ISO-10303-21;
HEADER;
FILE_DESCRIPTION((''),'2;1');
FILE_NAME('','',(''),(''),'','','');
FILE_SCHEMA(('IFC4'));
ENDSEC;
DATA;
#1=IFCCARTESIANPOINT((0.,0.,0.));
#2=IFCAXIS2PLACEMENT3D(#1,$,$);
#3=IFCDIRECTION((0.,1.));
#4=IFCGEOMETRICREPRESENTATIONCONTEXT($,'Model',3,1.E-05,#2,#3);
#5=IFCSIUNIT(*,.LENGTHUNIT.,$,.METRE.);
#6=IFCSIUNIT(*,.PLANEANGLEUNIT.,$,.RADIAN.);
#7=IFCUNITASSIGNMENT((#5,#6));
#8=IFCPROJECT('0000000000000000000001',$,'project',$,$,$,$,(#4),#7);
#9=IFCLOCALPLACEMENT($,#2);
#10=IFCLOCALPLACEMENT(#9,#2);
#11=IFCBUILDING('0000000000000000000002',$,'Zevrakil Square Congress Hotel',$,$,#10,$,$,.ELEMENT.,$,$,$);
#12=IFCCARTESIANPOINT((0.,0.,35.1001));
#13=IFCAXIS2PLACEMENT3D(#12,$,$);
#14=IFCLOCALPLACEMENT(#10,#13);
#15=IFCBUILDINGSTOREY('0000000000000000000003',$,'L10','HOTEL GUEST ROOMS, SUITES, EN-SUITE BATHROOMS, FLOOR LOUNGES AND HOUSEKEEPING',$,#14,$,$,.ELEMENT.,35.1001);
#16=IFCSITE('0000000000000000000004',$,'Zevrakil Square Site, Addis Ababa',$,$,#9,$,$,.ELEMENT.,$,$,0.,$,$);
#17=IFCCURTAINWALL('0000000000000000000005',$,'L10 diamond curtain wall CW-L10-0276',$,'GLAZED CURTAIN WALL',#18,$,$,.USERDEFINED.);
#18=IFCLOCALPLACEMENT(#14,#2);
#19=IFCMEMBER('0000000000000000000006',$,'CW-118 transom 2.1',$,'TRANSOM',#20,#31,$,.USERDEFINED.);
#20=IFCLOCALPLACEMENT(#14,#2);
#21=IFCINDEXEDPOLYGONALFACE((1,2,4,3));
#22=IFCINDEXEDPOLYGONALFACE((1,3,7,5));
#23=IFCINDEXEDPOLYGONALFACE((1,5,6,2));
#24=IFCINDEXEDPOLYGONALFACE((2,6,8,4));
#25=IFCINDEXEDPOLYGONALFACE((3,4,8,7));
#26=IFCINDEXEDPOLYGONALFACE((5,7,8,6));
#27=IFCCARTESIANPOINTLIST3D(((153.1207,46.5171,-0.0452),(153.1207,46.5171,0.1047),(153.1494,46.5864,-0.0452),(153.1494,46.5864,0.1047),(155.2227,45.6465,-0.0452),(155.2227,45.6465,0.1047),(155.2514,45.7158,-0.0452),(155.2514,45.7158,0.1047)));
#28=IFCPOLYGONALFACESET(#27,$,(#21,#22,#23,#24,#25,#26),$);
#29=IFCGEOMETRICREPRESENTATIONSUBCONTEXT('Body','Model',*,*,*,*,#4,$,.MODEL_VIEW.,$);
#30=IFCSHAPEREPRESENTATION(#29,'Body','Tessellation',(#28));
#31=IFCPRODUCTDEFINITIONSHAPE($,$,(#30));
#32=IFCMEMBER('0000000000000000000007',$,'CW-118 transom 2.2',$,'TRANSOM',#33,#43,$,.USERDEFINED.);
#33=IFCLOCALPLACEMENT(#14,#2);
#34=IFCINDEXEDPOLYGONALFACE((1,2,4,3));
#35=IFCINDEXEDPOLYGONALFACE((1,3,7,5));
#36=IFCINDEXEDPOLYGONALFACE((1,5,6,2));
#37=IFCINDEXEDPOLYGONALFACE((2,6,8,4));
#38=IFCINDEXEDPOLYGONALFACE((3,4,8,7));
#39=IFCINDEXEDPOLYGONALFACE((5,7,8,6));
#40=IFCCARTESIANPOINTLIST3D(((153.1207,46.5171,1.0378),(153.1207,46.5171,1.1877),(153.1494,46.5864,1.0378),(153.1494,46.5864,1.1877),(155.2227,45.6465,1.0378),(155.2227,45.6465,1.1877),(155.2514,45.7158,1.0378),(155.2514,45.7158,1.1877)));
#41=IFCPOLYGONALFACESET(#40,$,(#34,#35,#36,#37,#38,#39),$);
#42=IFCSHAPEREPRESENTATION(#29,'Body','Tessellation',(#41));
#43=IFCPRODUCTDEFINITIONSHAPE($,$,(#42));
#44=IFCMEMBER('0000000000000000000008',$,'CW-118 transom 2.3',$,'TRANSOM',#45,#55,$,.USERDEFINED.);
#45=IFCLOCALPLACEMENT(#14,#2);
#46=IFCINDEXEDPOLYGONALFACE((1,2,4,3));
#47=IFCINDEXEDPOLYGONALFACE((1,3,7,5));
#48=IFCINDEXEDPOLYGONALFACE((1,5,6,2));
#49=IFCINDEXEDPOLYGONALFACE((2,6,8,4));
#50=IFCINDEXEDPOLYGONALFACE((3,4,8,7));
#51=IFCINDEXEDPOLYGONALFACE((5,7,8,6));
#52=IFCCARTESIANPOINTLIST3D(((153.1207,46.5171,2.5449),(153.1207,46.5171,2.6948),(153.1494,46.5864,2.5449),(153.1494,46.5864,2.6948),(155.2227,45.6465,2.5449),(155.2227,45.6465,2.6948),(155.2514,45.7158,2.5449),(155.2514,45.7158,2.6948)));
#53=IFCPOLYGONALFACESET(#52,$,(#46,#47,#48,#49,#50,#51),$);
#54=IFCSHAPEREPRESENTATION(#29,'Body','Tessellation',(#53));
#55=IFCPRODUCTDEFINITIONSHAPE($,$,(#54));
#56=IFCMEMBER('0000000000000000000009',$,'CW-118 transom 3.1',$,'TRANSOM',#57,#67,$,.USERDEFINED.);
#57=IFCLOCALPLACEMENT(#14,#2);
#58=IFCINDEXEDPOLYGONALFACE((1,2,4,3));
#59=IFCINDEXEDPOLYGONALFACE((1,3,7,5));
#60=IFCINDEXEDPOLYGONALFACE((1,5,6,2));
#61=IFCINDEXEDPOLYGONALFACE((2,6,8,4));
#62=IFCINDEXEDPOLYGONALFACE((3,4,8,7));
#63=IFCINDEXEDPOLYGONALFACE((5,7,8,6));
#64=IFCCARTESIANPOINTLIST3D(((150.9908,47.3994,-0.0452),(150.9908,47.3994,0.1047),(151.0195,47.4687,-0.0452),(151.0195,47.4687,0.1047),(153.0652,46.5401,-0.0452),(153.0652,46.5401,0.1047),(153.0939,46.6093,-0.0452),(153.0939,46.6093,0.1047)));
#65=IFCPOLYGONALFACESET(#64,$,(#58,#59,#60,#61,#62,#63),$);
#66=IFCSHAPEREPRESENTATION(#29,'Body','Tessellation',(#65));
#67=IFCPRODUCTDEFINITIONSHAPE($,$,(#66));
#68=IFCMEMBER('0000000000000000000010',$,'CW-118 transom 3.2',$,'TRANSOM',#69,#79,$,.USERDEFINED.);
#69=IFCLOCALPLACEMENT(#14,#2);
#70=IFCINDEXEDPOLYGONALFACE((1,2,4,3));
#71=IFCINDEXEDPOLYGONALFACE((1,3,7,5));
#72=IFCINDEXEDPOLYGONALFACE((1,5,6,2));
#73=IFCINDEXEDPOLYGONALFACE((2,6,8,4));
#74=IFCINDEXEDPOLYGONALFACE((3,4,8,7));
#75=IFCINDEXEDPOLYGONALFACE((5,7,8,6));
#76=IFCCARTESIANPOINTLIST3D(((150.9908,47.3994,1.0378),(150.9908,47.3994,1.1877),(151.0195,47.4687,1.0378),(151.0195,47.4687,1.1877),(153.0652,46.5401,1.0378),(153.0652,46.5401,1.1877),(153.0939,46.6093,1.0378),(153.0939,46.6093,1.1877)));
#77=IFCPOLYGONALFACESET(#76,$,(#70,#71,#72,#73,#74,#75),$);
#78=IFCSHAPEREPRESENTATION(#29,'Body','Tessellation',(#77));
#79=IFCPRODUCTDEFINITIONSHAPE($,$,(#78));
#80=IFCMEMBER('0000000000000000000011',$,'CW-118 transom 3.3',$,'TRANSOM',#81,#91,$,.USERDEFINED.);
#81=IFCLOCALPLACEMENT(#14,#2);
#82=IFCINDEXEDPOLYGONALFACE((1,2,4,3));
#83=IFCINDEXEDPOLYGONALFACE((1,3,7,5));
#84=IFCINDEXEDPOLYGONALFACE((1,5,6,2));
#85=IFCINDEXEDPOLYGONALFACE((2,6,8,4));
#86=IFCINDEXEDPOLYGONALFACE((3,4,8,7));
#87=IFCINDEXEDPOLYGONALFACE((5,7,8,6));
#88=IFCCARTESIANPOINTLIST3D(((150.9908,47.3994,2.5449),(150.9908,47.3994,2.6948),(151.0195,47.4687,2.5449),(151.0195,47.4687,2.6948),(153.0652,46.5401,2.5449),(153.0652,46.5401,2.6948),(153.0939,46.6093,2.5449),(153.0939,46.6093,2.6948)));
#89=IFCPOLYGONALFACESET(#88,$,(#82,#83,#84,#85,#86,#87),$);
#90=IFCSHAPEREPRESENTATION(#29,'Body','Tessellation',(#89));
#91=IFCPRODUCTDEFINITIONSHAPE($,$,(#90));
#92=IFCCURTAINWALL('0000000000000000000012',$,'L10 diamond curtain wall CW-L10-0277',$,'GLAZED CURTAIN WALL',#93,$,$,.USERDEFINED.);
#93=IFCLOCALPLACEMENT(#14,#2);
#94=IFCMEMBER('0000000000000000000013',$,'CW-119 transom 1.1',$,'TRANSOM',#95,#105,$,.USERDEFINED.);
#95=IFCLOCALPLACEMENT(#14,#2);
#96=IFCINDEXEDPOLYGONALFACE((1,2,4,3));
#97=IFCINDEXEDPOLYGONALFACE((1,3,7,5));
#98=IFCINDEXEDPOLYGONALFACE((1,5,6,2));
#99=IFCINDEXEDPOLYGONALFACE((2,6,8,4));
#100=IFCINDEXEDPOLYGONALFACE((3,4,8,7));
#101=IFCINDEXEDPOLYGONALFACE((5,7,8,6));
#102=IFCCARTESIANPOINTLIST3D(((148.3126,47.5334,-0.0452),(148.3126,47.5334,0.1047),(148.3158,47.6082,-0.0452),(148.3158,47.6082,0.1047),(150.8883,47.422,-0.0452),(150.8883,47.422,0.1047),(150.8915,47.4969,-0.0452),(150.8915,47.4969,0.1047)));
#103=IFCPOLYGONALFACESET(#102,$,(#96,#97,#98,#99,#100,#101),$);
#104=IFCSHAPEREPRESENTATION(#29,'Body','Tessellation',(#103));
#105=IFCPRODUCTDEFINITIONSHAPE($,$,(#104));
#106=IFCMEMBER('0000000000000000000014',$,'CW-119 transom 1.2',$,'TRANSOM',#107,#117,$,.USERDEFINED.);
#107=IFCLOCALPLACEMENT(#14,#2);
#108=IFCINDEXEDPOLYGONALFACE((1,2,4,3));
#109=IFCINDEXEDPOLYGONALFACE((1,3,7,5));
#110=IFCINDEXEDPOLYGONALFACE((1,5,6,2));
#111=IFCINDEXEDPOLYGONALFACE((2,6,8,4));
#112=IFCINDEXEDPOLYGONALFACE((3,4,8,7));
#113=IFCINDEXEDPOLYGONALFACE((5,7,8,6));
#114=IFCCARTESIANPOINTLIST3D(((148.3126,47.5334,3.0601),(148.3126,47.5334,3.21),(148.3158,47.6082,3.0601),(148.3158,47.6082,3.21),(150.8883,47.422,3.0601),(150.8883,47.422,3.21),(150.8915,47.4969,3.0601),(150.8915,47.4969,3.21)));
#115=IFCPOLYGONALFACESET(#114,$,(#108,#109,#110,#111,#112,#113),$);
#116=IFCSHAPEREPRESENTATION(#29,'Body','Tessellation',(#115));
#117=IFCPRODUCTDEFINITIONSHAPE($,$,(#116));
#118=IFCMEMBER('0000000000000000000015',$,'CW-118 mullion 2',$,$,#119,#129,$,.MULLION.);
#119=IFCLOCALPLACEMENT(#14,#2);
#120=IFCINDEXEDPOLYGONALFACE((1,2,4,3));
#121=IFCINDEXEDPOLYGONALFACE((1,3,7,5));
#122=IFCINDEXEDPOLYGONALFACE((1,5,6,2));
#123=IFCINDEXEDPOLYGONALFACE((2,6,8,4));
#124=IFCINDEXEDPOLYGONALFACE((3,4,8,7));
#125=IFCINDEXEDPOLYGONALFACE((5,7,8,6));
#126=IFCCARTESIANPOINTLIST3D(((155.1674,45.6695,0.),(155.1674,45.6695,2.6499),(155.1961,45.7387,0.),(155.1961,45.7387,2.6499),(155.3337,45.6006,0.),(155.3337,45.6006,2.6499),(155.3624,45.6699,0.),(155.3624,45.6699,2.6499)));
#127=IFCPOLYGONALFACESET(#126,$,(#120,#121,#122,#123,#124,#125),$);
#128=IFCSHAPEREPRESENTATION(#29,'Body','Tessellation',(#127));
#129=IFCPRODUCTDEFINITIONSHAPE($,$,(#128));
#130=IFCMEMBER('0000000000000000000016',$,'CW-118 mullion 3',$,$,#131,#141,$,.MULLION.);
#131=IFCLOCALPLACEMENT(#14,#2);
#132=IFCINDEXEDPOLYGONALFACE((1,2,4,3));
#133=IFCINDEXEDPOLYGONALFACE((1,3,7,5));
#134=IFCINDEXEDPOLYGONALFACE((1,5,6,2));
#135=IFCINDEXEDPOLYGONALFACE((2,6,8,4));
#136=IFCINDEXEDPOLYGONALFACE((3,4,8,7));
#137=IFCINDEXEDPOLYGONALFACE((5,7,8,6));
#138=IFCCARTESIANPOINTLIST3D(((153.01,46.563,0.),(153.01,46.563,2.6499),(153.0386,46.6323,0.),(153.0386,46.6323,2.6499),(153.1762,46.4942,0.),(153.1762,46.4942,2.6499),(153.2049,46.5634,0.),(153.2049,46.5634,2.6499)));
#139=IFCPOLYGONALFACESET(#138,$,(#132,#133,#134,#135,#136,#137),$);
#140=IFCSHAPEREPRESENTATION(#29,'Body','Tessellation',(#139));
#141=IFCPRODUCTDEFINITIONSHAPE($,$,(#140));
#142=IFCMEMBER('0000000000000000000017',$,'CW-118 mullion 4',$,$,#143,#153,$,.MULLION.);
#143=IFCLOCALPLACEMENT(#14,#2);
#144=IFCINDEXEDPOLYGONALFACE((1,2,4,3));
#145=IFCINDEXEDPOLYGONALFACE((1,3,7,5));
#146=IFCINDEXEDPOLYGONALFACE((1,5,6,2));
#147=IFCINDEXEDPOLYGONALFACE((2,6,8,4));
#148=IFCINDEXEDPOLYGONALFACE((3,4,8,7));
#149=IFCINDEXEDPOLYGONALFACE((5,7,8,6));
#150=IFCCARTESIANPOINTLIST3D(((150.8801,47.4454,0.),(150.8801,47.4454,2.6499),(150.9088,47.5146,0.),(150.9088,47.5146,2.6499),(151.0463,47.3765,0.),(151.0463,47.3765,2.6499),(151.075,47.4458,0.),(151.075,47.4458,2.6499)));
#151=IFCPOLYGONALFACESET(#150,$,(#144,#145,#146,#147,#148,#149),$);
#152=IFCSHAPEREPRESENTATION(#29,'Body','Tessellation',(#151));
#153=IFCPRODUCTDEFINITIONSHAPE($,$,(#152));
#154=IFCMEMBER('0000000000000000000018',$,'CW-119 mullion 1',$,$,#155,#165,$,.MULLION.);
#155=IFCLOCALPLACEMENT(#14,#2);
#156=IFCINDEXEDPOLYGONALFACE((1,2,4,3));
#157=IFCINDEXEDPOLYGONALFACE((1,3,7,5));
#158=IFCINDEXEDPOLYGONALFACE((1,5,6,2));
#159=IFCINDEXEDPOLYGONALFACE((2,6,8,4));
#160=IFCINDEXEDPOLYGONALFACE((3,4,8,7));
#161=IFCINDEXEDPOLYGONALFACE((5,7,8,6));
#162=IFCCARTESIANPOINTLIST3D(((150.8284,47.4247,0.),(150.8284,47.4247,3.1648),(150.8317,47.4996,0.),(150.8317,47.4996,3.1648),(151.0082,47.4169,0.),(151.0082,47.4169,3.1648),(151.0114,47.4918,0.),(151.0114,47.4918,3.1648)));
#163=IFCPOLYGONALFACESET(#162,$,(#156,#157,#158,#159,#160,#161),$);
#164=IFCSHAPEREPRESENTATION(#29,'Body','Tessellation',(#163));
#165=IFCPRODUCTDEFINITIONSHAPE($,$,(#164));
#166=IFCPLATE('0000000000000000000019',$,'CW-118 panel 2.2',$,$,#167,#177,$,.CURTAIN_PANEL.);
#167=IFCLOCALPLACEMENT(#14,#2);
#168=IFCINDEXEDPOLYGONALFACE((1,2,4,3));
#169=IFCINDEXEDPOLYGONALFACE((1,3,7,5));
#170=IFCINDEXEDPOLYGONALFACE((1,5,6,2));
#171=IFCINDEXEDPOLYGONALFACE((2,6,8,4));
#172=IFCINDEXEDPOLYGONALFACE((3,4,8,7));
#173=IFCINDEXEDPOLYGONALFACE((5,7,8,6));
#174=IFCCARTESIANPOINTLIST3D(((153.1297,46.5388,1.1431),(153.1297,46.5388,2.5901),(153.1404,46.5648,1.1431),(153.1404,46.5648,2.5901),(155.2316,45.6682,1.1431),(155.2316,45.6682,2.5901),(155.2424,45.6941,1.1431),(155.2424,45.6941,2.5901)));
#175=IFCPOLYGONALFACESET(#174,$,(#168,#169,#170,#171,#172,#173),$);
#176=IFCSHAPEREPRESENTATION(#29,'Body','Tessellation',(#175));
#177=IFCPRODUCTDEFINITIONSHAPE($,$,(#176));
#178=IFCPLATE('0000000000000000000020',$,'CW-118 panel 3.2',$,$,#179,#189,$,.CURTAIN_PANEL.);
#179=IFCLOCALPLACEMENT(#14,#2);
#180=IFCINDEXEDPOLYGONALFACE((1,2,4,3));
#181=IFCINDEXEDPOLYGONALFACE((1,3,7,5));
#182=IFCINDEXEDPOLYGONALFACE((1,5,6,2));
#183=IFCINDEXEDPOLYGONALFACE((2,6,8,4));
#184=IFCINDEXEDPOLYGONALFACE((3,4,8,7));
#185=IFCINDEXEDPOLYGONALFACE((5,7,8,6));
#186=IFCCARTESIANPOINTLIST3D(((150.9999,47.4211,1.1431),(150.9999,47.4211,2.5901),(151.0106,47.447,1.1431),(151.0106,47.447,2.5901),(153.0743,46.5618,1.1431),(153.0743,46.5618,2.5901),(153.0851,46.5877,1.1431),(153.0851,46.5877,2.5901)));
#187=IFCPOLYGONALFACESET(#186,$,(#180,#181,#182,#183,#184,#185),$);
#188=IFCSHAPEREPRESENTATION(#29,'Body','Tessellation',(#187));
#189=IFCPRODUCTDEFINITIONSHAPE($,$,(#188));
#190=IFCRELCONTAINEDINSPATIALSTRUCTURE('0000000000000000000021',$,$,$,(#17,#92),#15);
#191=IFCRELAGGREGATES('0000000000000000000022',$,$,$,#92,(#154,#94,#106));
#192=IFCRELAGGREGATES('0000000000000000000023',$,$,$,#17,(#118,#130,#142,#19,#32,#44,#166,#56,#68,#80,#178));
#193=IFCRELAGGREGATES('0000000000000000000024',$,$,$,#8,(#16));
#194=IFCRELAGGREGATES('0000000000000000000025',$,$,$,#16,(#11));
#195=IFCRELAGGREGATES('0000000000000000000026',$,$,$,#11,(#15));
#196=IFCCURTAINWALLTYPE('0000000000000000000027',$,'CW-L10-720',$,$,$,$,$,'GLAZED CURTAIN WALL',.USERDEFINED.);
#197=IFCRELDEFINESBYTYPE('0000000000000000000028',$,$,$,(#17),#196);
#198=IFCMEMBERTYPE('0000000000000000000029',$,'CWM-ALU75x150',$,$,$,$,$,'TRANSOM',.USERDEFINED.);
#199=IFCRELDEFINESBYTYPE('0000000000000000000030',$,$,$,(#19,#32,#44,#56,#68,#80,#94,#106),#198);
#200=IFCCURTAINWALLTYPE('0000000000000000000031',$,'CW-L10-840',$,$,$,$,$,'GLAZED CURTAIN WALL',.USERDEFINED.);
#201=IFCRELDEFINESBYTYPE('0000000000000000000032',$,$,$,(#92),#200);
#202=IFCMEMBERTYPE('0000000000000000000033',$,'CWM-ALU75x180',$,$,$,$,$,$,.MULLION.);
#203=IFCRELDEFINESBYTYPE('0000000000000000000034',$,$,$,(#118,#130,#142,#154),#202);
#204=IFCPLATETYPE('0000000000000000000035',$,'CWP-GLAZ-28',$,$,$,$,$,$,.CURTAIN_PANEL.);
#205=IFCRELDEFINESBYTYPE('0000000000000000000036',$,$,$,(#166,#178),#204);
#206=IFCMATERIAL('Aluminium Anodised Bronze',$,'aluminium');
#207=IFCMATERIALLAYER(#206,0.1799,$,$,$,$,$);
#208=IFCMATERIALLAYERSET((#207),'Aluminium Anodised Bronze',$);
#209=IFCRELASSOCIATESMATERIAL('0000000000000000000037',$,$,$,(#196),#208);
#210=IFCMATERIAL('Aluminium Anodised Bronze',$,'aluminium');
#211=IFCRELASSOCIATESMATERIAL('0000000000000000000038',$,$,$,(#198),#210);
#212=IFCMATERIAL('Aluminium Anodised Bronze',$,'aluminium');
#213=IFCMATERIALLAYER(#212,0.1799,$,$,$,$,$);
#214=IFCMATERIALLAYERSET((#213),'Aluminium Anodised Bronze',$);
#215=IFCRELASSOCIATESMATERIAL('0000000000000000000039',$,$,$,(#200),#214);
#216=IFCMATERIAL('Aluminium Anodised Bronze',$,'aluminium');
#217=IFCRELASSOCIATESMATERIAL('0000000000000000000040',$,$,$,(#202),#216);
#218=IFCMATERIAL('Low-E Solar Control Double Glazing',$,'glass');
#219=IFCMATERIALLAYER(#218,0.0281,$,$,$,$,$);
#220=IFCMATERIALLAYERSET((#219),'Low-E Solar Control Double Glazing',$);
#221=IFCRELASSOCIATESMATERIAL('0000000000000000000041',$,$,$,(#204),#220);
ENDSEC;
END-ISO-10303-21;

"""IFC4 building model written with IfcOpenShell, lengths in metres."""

from ifc_helpers import new_model, si_unit, direction, frame, origin, origin_2d, place, context, subcontext, project, spatial, rectangle, extrude, material, layer, layer_set, material_profile, profile_set, type_object, element, aggregate, save


model = new_model("IFC4")

# Units and contexts
model_context = context("Model", 3, precision=1e-05, world=origin(), true_north=direction((0.0, 1.0)))
body_context = subcontext(model_context, "Body", "Model", "MODEL_VIEW")
ifc_project = project(units=[si_unit("LENGTHUNIT", "METRE"), si_unit("PLANEANGLEUNIT", "RADIAN")], contexts=[model_context])

# Site, building, storey
site_placement = place(None, origin())
site = spatial("IfcSite", under=ifc_project, at=site_placement, Name="Zevrakil Square Site, Addis Ababa", CompositionType="ELEMENT", RefElevation=0.0)
building_placement = place(site_placement, origin())
building = spatial("IfcBuilding", under=site, at=building_placement, Name="Zevrakil Square Congress Hotel", CompositionType="ELEMENT")
storey_placement = place(building_placement, frame((0.0, 0.0, 35.1001)))
storey = spatial("IfcBuildingStorey", under=building, at=storey_placement, Name="L10", Description="HOTEL GUEST ROOMS, SUITES, EN-SUITE BATHROOMS, FLOOR LOUNGES AND HOUSEKEEPING", CompositionType="ELEMENT", Elevation=35.1001)

# Curtain walls, members
ifc_material_1 = material(Name="Aluminium Anodised Bronze", Category="aluminium")
ifc_layer_1 = layer(ifc_material_1, 0.1799)
ifc_layer_set_1 = layer_set([ifc_layer_1], Name="Aluminium Anodised Bronze")
curtain_wall_type_1 = type_object("IfcCurtainWallType", Name="CW-L10-720", ElementType="GLAZED CURTAIN WALL", PredefinedType="USERDEFINED", material=ifc_layer_set_1)
curtain_wall_1_placement = place(storey_placement, origin())
curtain_wall_1 = element("IfcCurtainWall", 1, at=curtain_wall_1_placement, inside=storey, type_object=curtain_wall_type_1, Name="L10 diamond curtain wall CW-L10-0276", ObjectType="GLAZED CURTAIN WALL", PredefinedType="USERDEFINED")
ifc_material_2 = material(Name="Aluminium Anodised Bronze", Category="aluminium")
ifc_material_profile_1 = material_profile(ifc_material_2, rectangle(XDim=0.075, YDim=0.1499, at=origin_2d()), Name="ALU 75x150")
ifc_profile_set_1 = profile_set([ifc_material_profile_1], Name="Aluminium Anodised Bronze")
member_type_1 = type_object("IfcMemberType", Name="CWM-ALU75x150", ElementType="TRANSOM", PredefinedType="USERDEFINED", material=ifc_profile_set_1)
member_1_placement = place(storey_placement, frame((155.2371, 45.6812, 0.0298), z_axis=(-0.923894, 0.382649, 0.0), x_axis=(-0.382649, -0.923894, 0.0)))
member_1 = element("IfcMember", 2, at=member_1_placement, type_object=member_type_1, Name="CW-118 transom 2.1", ObjectType="TRANSOM", PredefinedType="USERDEFINED", context=body_context, shape_type="SweptSolid", body=[
    extrude(rectangle(XDim=0.075, YDim=0.1499, at=origin_2d()), origin(), (0.0, 0.0, 1.0), 2.2751),
])
member_2_placement = place(storey_placement, frame((155.2371, 45.6812, 1.1128), z_axis=(-0.923894, 0.382649, 0.0), x_axis=(-0.382649, -0.923894, 0.0)))
member_2 = element("IfcMember", 3, at=member_2_placement, type_object=member_type_1, Name="CW-118 transom 2.2", ObjectType="TRANSOM", PredefinedType="USERDEFINED", context=body_context, shape_type="SweptSolid", body=[
    extrude(rectangle(XDim=0.075, YDim=0.1499, at=origin_2d()), origin(), (0.0, 0.0, 1.0), 2.2751),
])
member_3_placement = place(storey_placement, frame((155.2371, 45.6812, 2.6199), z_axis=(-0.923894, 0.382649, 0.0), x_axis=(-0.382649, -0.923894, 0.0)))
member_3 = element("IfcMember", 4, at=member_3_placement, type_object=member_type_1, Name="CW-118 transom 2.3", ObjectType="TRANSOM", PredefinedType="USERDEFINED", context=body_context, shape_type="SweptSolid", body=[
    extrude(rectangle(XDim=0.075, YDim=0.1499, at=origin_2d()), origin(), (0.0, 0.0, 1.0), 2.2751),
])
member_4_placement = place(storey_placement, frame((153.0796, 46.5747, 0.0298), z_axis=(-0.923863, 0.382723, 0.0), x_axis=(-0.382723, -0.923863, 0.0)))
member_4 = element("IfcMember", 5, at=member_4_placement, type_object=member_type_1, Name="CW-118 transom 3.1", ObjectType="TRANSOM", PredefinedType="USERDEFINED", context=body_context, shape_type="SweptSolid", body=[
    extrude(rectangle(XDim=0.075, YDim=0.1499, at=origin_2d()), origin(), (0.0, 0.0, 1.0), 2.2454),
])
member_5_placement = place(storey_placement, frame((153.0796, 46.5747, 1.1128), z_axis=(-0.923863, 0.382723, 0.0), x_axis=(-0.382723, -0.923863, 0.0)))
member_5 = element("IfcMember", 6, at=member_5_placement, type_object=member_type_1, Name="CW-118 transom 3.2", ObjectType="TRANSOM", PredefinedType="USERDEFINED", context=body_context, shape_type="SweptSolid", body=[
    extrude(rectangle(XDim=0.075, YDim=0.1499, at=origin_2d()), origin(), (0.0, 0.0, 1.0), 2.2454),
])
member_6_placement = place(storey_placement, frame((153.0796, 46.5747, 2.6199), z_axis=(-0.923863, 0.382723, 0.0), x_axis=(-0.382723, -0.923863, 0.0)))
member_6 = element("IfcMember", 7, at=member_6_placement, type_object=member_type_1, Name="CW-118 transom 3.3", ObjectType="TRANSOM", PredefinedType="USERDEFINED", context=body_context, shape_type="SweptSolid", body=[
    extrude(rectangle(XDim=0.075, YDim=0.1499, at=origin_2d()), origin(), (0.0, 0.0, 1.0), 2.2454),
])
ifc_material_3 = material(Name="Aluminium Anodised Bronze", Category="aluminium")
ifc_layer_2 = layer(ifc_material_3, 0.1799)
ifc_layer_set_2 = layer_set([ifc_layer_2], Name="Aluminium Anodised Bronze")
curtain_wall_type_2 = type_object("IfcCurtainWallType", Name="CW-L10-840", ElementType="GLAZED CURTAIN WALL", PredefinedType="USERDEFINED", material=ifc_layer_set_2)
curtain_wall_2_placement = place(storey_placement, origin())
curtain_wall_2 = element("IfcCurtainWall", 8, at=curtain_wall_2_placement, inside=storey, type_object=curtain_wall_type_2, Name="L10 diamond curtain wall CW-L10-0277", ObjectType="GLAZED CURTAIN WALL", PredefinedType="USERDEFINED")
member_7_placement = place(storey_placement, frame((150.8899, 47.4595, 0.0298), z_axis=(-0.999067, 0.043182, 0.0), x_axis=(-0.043182, -0.999067, 0.0)))
member_7 = element("IfcMember", 9, at=member_7_placement, type_object=member_type_1, Name="CW-119 transom 1.1", ObjectType="TRANSOM", PredefinedType="USERDEFINED", context=body_context, shape_type="SweptSolid", body=[
    extrude(rectangle(XDim=0.075, YDim=0.1499, at=origin_2d()), origin(), (0.0, 0.0, 1.0), 2.5781),
])
member_8_placement = place(storey_placement, frame((150.8899, 47.4595, 3.135), z_axis=(-0.999067, 0.043182, 0.0), x_axis=(-0.043182, -0.999067, 0.0)))
member_8 = element("IfcMember", 10, at=member_8_placement, type_object=member_type_1, Name="CW-119 transom 1.2", ObjectType="TRANSOM", PredefinedType="USERDEFINED", context=body_context, shape_type="SweptSolid", body=[
    extrude(rectangle(XDim=0.075, YDim=0.1499, at=origin_2d()), origin(), (0.0, 0.0, 1.0), 2.5781),
])

# Members
ifc_material_4 = material(Name="Aluminium Anodised Bronze", Category="aluminium")
ifc_material_profile_2 = material_profile(ifc_material_4, rectangle(XDim=0.075, YDim=0.1799, at=origin_2d()), Name="ALU 75x180")
ifc_profile_set_2 = profile_set([ifc_material_profile_2], Name="Aluminium Anodised Bronze")
member_type_2 = type_object("IfcMemberType", Name="CWM-ALU75x180", PredefinedType="MULLION", material=ifc_profile_set_2)
member_9_placement = place(storey_placement, frame((155.2649, 45.6697, 0.0), z_axis=(0.0, 0.0, 1.0), x_axis=(-0.382684, -0.923879, 0.0)))
member_9 = element("IfcMember", 11, at=member_9_placement, type_object=member_type_2, Name="CW-118 mullion 2", PredefinedType="MULLION", context=body_context, shape_type="SweptSolid", body=[
    extrude(rectangle(XDim=0.075, YDim=0.1799, at=origin_2d()), origin(), (0.0, 0.0, 1.0), 2.6499),
])
member_10_placement = place(storey_placement, frame((153.1074, 46.5632, 0.0), z_axis=(0.0, 0.0, 1.0), x_axis=(-0.382684, -0.923879, 0.0)))
member_10 = element("IfcMember", 12, at=member_10_placement, type_object=member_type_2, Name="CW-118 mullion 3", PredefinedType="MULLION", context=body_context, shape_type="SweptSolid", body=[
    extrude(rectangle(XDim=0.075, YDim=0.1799, at=origin_2d()), origin(), (0.0, 0.0, 1.0), 2.6499),
])
member_11_placement = place(storey_placement, frame((150.9775, 47.4456, 0.0), z_axis=(0.0, 0.0, 1.0), x_axis=(-0.382684, -0.923879, 0.0)))
member_11 = element("IfcMember", 13, at=member_11_placement, type_object=member_type_2, Name="CW-118 mullion 4", PredefinedType="MULLION", context=body_context, shape_type="SweptSolid", body=[
    extrude(rectangle(XDim=0.075, YDim=0.1799, at=origin_2d()), origin(), (0.0, 0.0, 1.0), 2.6499),
])
member_12_placement = place(storey_placement, frame((150.9199, 47.4583, 0.0), z_axis=(0.0, 0.0, 1.0), x_axis=(-0.043102, -0.999071, 0.0)))
member_12 = element("IfcMember", 14, at=member_12_placement, type_object=member_type_2, Name="CW-119 mullion 1", PredefinedType="MULLION", context=body_context, shape_type="SweptSolid", body=[
    extrude(rectangle(XDim=0.075, YDim=0.1799, at=origin_2d()), origin(), (0.0, 0.0, 1.0), 3.1648),
])
aggregate(curtain_wall_2, [member_12, member_7, member_8])

# Plates
ifc_material_5 = material(Name="Low-E Solar Control Double Glazing", Category="glass")
ifc_layer_3 = layer(ifc_material_5, 0.0281)
ifc_layer_set_3 = layer_set([ifc_layer_3], Name="Low-E Solar Control Double Glazing")
plate_type_1 = type_object("IfcPlateType", Name="CWP-GLAZ-28", PredefinedType="CURTAIN_PANEL", material=ifc_layer_set_3)
plate_1_placement = place(storey_placement, frame((154.186, 46.1165, 1.1431), z_axis=(0.0, 0.0, 1.0), x_axis=(-0.923879, 0.382684, 0.0)))
plate_1 = element("IfcPlate", 15, at=plate_1_placement, type_object=plate_type_1, Name="CW-118 panel 2.2", PredefinedType="CURTAIN_PANEL", context=body_context, shape_type="SweptSolid", body=[
    extrude(rectangle(XDim=2.2751, YDim=0.0281, at=origin_2d()), origin(), (0.0, 0.0, 1.0), 1.447),
])
plate_2_placement = place(storey_placement, frame((152.0425, 47.0044, 1.1431), z_axis=(0.0, 0.0, 1.0), x_axis=(-0.923879, 0.382684, 0.0)))
plate_2 = element("IfcPlate", 16, at=plate_2_placement, type_object=plate_type_1, Name="CW-118 panel 3.2", PredefinedType="CURTAIN_PANEL", context=body_context, shape_type="SweptSolid", body=[
    extrude(rectangle(XDim=2.2454, YDim=0.0281, at=origin_2d()), origin(), (0.0, 0.0, 1.0), 1.447),
])
aggregate(curtain_wall_1, [member_9, member_10, member_11, member_1, member_2, member_3, plate_1, member_4, member_5, member_6, plate_2])

save(model, "model.ifc")
